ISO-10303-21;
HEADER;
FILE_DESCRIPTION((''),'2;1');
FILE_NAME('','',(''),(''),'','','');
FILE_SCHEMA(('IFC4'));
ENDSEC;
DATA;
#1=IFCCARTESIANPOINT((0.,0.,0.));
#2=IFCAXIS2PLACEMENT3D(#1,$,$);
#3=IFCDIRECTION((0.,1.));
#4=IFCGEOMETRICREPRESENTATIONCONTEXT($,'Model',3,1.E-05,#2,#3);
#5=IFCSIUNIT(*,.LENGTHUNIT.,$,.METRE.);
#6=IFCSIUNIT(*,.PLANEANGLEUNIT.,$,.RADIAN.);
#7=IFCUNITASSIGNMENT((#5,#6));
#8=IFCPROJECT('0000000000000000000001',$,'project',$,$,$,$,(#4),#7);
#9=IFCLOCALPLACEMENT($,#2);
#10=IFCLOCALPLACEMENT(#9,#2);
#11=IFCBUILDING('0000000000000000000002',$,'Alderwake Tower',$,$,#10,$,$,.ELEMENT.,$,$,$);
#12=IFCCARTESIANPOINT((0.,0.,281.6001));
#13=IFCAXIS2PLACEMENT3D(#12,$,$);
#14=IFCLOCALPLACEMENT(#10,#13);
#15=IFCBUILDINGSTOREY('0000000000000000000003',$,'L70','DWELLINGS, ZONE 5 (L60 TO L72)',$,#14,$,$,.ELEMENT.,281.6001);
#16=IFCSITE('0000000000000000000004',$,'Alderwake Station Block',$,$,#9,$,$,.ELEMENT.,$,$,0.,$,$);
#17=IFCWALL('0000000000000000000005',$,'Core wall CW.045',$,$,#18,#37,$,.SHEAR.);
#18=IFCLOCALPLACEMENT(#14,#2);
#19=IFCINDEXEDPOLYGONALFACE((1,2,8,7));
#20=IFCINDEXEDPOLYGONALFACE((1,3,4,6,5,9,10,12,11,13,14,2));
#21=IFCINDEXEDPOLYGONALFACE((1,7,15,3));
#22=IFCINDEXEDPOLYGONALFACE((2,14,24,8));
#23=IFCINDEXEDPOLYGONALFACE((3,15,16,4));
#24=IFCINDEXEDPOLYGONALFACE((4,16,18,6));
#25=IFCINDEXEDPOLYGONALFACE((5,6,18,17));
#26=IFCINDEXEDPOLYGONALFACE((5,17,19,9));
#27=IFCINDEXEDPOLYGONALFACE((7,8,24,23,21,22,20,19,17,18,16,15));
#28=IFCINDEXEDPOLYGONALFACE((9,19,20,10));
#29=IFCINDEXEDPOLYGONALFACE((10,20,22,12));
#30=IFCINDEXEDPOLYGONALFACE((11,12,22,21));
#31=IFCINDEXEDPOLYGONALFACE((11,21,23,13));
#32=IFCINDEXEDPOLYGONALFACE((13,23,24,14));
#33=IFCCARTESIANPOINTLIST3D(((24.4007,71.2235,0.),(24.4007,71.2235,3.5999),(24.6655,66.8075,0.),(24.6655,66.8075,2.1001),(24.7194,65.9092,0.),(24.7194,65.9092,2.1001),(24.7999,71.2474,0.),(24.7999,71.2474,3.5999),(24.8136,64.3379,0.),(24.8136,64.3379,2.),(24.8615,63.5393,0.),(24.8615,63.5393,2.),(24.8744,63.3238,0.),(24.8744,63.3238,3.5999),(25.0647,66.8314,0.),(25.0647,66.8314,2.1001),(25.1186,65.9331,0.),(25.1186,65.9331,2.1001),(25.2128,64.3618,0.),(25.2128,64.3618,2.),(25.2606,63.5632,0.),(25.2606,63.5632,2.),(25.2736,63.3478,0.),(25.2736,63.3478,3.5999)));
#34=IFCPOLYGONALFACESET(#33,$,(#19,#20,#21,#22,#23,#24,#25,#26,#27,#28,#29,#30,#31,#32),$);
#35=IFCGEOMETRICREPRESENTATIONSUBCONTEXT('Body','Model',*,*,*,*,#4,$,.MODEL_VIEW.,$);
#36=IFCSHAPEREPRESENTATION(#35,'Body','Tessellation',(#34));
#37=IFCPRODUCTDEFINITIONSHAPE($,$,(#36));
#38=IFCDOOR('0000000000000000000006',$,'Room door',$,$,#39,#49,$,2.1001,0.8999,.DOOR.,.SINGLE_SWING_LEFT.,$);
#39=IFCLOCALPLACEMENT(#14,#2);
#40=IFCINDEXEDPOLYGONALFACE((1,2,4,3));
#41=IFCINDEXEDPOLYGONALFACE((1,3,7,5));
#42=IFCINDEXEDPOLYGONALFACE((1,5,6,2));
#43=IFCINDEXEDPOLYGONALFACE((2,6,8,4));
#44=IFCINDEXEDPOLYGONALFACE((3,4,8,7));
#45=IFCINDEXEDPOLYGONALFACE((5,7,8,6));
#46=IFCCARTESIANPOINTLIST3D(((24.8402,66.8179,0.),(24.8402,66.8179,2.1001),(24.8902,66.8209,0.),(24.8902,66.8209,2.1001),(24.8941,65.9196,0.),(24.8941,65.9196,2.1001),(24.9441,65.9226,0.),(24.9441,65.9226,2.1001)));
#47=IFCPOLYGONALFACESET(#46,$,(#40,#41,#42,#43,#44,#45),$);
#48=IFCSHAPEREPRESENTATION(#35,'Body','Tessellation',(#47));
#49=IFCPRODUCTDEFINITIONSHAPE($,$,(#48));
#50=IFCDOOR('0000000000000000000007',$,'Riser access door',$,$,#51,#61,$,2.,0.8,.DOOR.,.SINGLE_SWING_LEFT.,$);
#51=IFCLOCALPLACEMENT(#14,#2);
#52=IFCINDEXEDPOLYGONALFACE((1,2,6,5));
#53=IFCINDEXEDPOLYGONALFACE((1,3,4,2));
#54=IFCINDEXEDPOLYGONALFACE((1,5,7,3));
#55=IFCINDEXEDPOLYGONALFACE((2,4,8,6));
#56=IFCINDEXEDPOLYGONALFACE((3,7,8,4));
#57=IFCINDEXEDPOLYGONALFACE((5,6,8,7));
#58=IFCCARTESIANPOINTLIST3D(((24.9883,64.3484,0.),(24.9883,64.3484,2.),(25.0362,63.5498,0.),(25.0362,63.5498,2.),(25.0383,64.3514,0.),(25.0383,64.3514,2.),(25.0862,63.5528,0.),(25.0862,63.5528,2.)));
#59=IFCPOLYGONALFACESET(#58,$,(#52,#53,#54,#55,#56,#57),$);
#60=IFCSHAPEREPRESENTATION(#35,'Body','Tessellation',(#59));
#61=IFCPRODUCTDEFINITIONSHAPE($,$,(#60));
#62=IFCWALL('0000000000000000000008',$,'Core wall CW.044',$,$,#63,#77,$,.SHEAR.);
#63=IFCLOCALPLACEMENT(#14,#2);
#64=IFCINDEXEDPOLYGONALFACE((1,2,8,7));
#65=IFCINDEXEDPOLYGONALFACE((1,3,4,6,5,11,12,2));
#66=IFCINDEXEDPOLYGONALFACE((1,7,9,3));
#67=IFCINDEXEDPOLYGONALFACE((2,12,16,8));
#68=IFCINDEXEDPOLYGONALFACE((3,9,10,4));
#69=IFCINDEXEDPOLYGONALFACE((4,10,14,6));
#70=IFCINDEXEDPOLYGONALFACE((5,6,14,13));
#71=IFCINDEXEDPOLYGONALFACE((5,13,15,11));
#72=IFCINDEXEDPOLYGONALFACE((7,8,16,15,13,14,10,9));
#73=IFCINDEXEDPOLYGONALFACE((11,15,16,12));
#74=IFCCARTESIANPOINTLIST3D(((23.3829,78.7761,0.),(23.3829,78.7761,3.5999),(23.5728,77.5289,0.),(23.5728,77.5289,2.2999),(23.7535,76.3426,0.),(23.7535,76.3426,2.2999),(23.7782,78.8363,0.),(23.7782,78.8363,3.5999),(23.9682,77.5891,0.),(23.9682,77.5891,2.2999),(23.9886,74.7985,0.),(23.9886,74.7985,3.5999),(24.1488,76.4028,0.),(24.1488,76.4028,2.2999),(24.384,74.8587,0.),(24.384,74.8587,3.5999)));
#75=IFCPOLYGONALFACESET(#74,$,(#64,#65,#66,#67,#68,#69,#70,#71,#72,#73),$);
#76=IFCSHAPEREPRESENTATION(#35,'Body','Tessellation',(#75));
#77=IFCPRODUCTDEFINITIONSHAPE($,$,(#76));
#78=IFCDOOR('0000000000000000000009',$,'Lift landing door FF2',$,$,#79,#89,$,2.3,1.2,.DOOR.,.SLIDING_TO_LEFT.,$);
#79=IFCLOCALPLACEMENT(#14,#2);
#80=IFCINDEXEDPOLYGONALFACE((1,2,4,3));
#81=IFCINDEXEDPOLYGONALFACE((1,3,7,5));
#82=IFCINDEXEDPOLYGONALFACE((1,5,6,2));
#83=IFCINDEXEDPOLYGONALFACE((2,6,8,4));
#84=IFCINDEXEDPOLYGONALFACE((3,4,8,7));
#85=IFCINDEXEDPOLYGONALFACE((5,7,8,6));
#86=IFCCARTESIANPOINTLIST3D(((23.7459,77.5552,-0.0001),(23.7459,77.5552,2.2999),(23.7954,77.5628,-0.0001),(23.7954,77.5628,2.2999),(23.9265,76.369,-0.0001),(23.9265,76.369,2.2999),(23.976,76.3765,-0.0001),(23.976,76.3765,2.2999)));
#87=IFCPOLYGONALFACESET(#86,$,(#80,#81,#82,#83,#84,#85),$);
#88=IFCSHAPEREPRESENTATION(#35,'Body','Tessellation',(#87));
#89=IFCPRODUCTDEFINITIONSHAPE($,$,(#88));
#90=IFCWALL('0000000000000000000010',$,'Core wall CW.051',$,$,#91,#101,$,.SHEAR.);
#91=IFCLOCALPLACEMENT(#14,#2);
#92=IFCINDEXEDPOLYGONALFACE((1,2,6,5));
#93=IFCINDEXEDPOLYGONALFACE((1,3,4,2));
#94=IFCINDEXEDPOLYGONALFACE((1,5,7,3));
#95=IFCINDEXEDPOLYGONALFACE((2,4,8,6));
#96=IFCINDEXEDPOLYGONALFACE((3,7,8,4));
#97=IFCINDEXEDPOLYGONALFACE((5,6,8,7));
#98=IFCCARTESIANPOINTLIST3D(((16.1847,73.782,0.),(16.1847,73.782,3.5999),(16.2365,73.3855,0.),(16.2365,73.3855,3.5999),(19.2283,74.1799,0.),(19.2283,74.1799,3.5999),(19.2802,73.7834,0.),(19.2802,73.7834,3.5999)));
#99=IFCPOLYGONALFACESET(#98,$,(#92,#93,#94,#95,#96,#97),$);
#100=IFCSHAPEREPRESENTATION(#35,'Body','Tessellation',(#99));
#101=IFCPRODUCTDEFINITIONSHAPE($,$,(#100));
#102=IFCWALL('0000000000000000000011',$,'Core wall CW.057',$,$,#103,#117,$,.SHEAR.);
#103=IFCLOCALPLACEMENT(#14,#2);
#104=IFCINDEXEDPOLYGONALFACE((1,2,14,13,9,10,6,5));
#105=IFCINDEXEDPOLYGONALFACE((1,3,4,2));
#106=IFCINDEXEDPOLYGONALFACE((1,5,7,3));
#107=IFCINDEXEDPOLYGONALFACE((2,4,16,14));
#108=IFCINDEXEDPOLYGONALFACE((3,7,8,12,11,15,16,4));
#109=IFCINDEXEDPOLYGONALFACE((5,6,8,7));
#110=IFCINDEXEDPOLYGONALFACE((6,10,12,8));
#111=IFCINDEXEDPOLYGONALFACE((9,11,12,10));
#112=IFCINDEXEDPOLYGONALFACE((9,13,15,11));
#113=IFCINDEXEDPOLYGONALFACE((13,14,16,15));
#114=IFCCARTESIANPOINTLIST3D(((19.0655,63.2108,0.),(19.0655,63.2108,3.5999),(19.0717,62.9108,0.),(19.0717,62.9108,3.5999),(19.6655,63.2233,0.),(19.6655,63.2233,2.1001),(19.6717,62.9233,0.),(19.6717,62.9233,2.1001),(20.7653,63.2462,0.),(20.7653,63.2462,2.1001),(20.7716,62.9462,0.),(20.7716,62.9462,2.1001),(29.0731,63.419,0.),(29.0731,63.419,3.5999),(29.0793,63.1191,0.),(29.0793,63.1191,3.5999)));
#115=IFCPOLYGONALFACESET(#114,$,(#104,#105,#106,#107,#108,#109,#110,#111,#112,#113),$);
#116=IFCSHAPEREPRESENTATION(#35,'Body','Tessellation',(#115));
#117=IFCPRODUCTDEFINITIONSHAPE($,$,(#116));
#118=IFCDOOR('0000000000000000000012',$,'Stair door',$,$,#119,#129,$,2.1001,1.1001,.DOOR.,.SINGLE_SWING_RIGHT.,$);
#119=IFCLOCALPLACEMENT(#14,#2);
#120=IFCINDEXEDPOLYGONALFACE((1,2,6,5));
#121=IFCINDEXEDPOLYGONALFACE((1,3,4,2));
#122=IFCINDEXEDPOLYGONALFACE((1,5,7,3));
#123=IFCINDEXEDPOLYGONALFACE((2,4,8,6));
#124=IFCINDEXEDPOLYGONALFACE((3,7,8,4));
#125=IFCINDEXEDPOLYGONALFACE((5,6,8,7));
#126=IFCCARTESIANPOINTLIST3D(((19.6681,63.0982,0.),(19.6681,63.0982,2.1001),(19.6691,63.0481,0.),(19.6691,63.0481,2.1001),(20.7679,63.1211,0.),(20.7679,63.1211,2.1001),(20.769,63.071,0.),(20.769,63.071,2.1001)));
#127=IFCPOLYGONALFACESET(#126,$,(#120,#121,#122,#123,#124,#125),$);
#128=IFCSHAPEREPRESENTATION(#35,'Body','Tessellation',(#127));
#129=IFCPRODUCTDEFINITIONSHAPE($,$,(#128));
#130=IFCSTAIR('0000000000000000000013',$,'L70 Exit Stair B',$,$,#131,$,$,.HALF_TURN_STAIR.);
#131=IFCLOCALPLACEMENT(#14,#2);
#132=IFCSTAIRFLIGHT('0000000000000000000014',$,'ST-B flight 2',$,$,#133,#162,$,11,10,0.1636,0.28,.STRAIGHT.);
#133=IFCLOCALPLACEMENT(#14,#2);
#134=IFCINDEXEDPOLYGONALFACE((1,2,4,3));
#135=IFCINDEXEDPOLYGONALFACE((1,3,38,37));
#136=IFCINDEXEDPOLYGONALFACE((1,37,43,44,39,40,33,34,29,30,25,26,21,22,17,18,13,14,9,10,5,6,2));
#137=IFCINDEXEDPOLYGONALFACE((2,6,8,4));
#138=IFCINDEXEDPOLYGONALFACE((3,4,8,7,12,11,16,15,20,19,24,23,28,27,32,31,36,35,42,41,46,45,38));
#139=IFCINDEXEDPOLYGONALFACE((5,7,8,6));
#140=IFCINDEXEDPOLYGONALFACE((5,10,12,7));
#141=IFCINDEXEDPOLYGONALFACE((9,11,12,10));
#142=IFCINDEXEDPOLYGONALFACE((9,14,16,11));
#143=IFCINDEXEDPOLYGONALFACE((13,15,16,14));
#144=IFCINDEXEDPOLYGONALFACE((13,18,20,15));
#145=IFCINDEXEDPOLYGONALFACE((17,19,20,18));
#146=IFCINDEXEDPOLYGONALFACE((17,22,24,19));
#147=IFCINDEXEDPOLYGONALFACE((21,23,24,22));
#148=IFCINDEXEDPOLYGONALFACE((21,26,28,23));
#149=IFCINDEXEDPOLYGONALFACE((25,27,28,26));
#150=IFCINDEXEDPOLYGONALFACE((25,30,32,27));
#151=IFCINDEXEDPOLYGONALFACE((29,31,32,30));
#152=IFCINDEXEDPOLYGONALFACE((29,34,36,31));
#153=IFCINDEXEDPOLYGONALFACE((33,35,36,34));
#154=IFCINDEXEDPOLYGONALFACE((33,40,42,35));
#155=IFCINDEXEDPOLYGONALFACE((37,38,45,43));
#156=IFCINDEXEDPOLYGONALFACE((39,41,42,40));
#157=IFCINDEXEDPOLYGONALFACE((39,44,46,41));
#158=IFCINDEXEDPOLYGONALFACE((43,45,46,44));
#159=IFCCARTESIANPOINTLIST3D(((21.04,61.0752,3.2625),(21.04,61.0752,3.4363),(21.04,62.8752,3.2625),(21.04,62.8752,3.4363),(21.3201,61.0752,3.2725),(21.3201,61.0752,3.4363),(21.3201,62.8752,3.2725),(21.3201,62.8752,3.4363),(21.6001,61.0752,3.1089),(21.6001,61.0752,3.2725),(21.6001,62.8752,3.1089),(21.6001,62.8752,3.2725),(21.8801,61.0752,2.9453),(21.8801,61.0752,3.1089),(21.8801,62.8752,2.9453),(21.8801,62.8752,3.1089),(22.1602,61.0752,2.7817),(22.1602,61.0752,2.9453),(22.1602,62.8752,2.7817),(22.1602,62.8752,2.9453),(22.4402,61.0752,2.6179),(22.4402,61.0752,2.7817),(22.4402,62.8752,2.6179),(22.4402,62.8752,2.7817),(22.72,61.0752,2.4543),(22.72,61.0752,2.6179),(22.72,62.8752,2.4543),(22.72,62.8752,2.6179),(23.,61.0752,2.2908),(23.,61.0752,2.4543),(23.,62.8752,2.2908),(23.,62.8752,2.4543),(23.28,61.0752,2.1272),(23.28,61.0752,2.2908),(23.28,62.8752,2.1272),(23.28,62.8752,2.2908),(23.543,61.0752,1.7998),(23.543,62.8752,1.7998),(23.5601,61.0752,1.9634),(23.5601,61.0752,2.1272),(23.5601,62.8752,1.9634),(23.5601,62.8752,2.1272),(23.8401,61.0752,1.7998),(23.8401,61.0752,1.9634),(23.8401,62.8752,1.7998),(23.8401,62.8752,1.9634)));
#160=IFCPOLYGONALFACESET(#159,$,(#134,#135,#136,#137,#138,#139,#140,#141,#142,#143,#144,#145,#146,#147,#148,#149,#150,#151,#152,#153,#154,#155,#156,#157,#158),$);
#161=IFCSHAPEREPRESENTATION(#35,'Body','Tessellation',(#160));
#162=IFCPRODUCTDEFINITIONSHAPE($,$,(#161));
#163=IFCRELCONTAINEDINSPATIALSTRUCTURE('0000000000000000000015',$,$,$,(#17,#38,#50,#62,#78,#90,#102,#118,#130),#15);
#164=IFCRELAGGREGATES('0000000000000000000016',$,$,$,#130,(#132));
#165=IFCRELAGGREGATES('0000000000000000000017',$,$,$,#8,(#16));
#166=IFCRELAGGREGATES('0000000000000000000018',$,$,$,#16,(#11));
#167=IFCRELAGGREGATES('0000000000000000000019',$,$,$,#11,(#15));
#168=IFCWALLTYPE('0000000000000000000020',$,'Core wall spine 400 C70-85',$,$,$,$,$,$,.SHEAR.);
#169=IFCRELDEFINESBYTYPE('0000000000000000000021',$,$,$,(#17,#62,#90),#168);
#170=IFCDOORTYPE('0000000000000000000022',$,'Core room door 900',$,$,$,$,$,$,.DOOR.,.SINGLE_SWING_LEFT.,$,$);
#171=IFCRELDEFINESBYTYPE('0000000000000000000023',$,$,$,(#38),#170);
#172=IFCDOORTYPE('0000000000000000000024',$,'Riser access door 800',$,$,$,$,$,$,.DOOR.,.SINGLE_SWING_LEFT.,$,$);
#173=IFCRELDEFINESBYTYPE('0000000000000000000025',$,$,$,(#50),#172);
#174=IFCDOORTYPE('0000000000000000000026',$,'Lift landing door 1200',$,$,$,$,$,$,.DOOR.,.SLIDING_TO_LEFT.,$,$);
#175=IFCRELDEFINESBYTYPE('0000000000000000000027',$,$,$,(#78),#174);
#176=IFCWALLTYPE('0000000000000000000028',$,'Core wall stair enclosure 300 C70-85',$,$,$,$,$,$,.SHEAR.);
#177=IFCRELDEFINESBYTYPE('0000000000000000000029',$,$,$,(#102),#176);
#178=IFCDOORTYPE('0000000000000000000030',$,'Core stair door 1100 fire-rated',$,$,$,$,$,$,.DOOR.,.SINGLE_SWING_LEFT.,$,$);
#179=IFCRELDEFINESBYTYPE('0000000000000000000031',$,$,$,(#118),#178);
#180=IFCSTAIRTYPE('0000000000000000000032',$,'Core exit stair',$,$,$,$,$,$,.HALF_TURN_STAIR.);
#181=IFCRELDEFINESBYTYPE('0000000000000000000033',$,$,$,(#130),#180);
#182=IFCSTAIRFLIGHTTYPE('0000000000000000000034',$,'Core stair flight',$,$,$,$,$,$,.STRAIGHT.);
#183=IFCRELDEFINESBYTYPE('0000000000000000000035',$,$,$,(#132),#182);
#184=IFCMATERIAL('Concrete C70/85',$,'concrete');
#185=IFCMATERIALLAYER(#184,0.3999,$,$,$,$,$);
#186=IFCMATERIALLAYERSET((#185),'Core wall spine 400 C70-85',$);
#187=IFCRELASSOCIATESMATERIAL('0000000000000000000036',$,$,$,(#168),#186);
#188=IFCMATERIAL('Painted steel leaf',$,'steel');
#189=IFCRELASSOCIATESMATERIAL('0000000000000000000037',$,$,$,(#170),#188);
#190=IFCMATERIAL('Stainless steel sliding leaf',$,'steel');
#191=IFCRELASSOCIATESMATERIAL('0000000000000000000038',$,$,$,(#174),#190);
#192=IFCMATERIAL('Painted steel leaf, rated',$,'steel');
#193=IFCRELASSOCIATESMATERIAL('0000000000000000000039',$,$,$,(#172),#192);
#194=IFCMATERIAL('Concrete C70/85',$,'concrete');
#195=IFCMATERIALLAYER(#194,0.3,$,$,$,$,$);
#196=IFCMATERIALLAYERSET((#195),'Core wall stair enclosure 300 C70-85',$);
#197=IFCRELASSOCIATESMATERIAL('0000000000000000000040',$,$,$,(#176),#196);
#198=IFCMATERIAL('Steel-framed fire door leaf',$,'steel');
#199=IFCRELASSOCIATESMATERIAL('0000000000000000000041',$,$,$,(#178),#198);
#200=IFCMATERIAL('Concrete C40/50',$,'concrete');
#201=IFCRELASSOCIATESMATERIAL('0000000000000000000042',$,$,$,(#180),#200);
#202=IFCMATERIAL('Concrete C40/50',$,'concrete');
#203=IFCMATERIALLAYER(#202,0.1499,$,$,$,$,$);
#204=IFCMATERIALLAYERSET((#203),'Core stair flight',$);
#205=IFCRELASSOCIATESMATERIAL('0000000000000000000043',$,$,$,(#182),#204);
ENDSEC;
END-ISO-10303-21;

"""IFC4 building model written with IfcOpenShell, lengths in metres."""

from ifc_helpers import new_model, si_unit, direction, frame, frame_2d, origin, place, context, subcontext, project, spatial, polyline, rectangle, outline, extrude, material, layer, layer_set, type_object, element, fill, aggregate, save


model = new_model("IFC4")

# Units and contexts
model_context = context("Model", 3, precision=1e-05, world=origin(), true_north=direction((0.0, 1.0)))
body_context = subcontext(model_context, "Body", "Model", "MODEL_VIEW")
ifc_project = project(units=[si_unit("LENGTHUNIT", "METRE"), si_unit("PLANEANGLEUNIT", "RADIAN")], contexts=[model_context])

# Site, building, storey
site_placement = place(None, origin())
site = spatial("IfcSite", under=ifc_project, at=site_placement, Name="Alderwake Station Block", CompositionType="ELEMENT", RefElevation=0.0)
building_placement = place(site_placement, origin())
building = spatial("IfcBuilding", under=site, at=building_placement, Name="Alderwake Tower", CompositionType="ELEMENT")
storey_placement = place(building_placement, frame((0.0, 0.0, 281.6001)))
storey = spatial("IfcBuildingStorey", under=building, at=storey_placement, Name="L70", Description="DWELLINGS, ZONE 5 (L60 TO L72)", CompositionType="ELEMENT", Elevation=281.6001)

# Shared definitions
ifc_material_1 = material(Name="Concrete C70/85", Category="concrete")
ifc_layer_1 = layer(ifc_material_1, 0.3999)
ifc_layer_set_1 = layer_set([ifc_layer_1], Name="Core wall spine 400 C70-85")
wall_type_1 = type_object("IfcWallType", Name="Core wall spine 400 C70-85", PredefinedType="SHEAR", material=ifc_layer_set_1)
ifc_material_2 = material(Name="Painted steel leaf", Category="steel")
door_type_1 = type_object("IfcDoorType", Name="Core room door 900", OperationType="SINGLE_SWING_LEFT", PredefinedType="DOOR", material=ifc_material_2)
ifc_material_3 = material(Name="Stainless steel sliding leaf", Category="steel")
door_type_2 = type_object("IfcDoorType", Name="Lift landing door 1200", OperationType="SLIDING_TO_LEFT", PredefinedType="DOOR", material=ifc_material_3)

# Wall, openings, doors
wall_1_placement = place(storey_placement, frame((25.074, 63.3357, 0.0), z_axis=(0.0, 0.0, 1.0), x_axis=(-0.059849, 0.998207, 0.0)))
wall_1 = element("IfcWall", 1, at=wall_1_placement, inside=storey, type_object=wall_type_1, Name="Core wall CW.045", PredefinedType="SHEAR", context=body_context, shape_type="SweptSolid", body=[
    extrude(rectangle(XDim=7.9138, YDim=0.3999, at=frame_2d((3.957, 0.0))), origin(), (0.0, 0.0, 1.0), 3.5999),
])
opening_1_placement = place(wall_1_placement, frame((0.2161, 0.0, 0.0)))
opening_1 = element("IfcOpeningElement", 2, at=opening_1_placement, cuts=wall_1, PredefinedType="OPENING", context=body_context, shape_type="SweptSolid", body=[
    extrude(rectangle(XDim=0.8, YDim=2.0, at=frame_2d((0.3999, 1.0))), frame((0.0, 0.21, 0.0), z_axis=(0.0, -1.0, 0.0), x_axis=(1.0, 0.0, 0.0)), (0.0, 0.0, 1.0), 0.4199),
])
opening_2_placement = place(wall_1_placement, frame((2.5901, 0.0, 0.0)))
opening_2 = element("IfcOpeningElement", 3, at=opening_2_placement, cuts=wall_1, PredefinedType="OPENING", context=body_context, shape_type="SweptSolid", body=[
    extrude(rectangle(XDim=0.8999, YDim=2.1001, at=frame_2d((0.45, 1.05))), frame((0.0, 0.21, 0.0), z_axis=(0.0, -1.0, 0.0), x_axis=(1.0, 0.0, 0.0)), (0.0, 0.0, 1.0), 0.4199),
])
door_1_placement = place(opening_2_placement, origin())
door_1 = element("IfcDoor", 4, at=door_1_placement, inside=storey, type_object=door_type_1, Name="Room door", OperationType="SINGLE_SWING_LEFT", OverallHeight=2.1001, OverallWidth=0.8999, PredefinedType="DOOR", context=body_context, shape_type="SweptSolid", body=[
    extrude(rectangle(XDim=0.8999, YDim=2.1001, at=frame_2d((0.45, 1.05))), frame((0.0, 0.0249, 0.0), z_axis=(0.0, -1.0, 0.0), x_axis=(1.0, 0.0, 0.0)), (0.0, 0.0, 1.0), 0.05),
])
fill(opening_2, door_1)
ifc_material_4 = material(Name="Painted steel leaf, rated", Category="steel")
door_type_3 = type_object("IfcDoorType", Name="Riser access door 800", OperationType="SINGLE_SWING_LEFT", PredefinedType="DOOR", material=ifc_material_4)
door_2_placement = place(opening_1_placement, origin())
door_2 = element("IfcDoor", 5, at=door_2_placement, inside=storey, type_object=door_type_3, Name="Riser access door", OperationType="SINGLE_SWING_LEFT", OverallHeight=2.0, OverallWidth=0.8, PredefinedType="DOOR", context=body_context, shape_type="SweptSolid", body=[
    extrude(rectangle(XDim=0.8, YDim=2.0, at=frame_2d((0.3999, 1.0))), frame((0.0, 0.0249, 0.0), z_axis=(0.0, -1.0, 0.0), x_axis=(1.0, 0.0, 0.0)), (0.0, 0.0, 1.0), 0.05),
])
fill(opening_1, door_2)

# Wall, opening, door
wall_2_placement = place(storey_placement, frame((24.1863, 74.8286, 0.0), z_axis=(0.0, 0.0, 1.0), x_axis=(-0.150548, 0.988603, 0.0)))
wall_2 = element("IfcWall", 6, at=wall_2_placement, inside=storey, type_object=wall_type_1, Name="Core wall CW.044", PredefinedType="SHEAR", context=body_context, shape_type="SweptSolid", body=[
    extrude(rectangle(XDim=4.0234, YDim=0.3999, at=frame_2d((2.0117, 0.0))), origin(), (0.0, 0.0, 1.0), 3.5999),
])
opening_3_placement = place(wall_2_placement, frame((1.5618, 0.0, 0.0)))
opening_3 = element("IfcOpeningElement", 7, at=opening_3_placement, cuts=wall_2, PredefinedType="OPENING", context=body_context, shape_type="SweptSolid", body=[
    extrude(rectangle(XDim=1.2, YDim=2.3, at=frame_2d((0.6001, 1.1499))), frame((0.0, 0.21, 0.0), z_axis=(0.0, -1.0, 0.0), x_axis=(1.0, 0.0, 0.0)), (0.0, 0.0, 1.0), 0.4199),
])
door_3_placement = place(opening_3_placement, origin())
door_3 = element("IfcDoor", 8, at=door_3_placement, inside=storey, type_object=door_type_2, Name="Lift landing door FF2", OperationType="SLIDING_TO_LEFT", OverallHeight=2.3, OverallWidth=1.2, PredefinedType="DOOR", context=body_context, shape_type="SweptSolid", body=[
    extrude(rectangle(XDim=1.2, YDim=2.3, at=frame_2d((0.6001, 1.1499))), frame((0.0, 0.0249, 0.0), z_axis=(0.0, -1.0, 0.0), x_axis=(1.0, 0.0, 0.0)), (0.0, 0.0, 1.0), 0.05),
])
fill(opening_3, door_3)

# Wall
wall_3_placement = place(storey_placement, frame((16.2107, 73.5837, 0.0), z_axis=(0.0, 0.0, 1.0), x_axis=(0.991561, 0.129642, 0.0)))
element("IfcWall", 9, at=wall_3_placement, inside=storey, type_object=wall_type_1, Name="Core wall CW.051", PredefinedType="SHEAR", context=body_context, shape_type="SweptSolid", body=[
    extrude(rectangle(XDim=3.0696, YDim=0.3999, at=frame_2d((1.5347, 0.0))), origin(), (0.0, 0.0, 1.0), 3.5999),
])

# Wall, opening, door
ifc_material_5 = material(Name="Concrete C70/85", Category="concrete")
ifc_layer_2 = layer(ifc_material_5, 0.3)
ifc_layer_set_2 = layer_set([ifc_layer_2], Name="Core wall stair enclosure 300 C70-85")
wall_type_2 = type_object("IfcWallType", Name="Core wall stair enclosure 300 C70-85", PredefinedType="SHEAR", material=ifc_layer_set_2)
wall_4_placement = place(storey_placement, frame((19.0686, 63.0608, 0.0), z_axis=(0.0, 0.0, 1.0), x_axis=(0.999784, 0.020805, 0.0)))
wall_4 = element("IfcWall", 10, at=wall_4_placement, inside=storey, type_object=wall_type_2, Name="Core wall CW.057", PredefinedType="SHEAR", context=body_context, shape_type="SweptSolid", body=[
    extrude(rectangle(XDim=10.0098, YDim=0.3, at=frame_2d((5.0049, 0.0))), origin(), (0.0, 0.0, 1.0), 3.5999),
])
opening_4_placement = place(wall_4_placement, frame((0.6001, 0.0, 0.0)))
opening_4 = element("IfcOpeningElement", 11, at=opening_4_placement, cuts=wall_4, PredefinedType="OPENING", context=body_context, shape_type="SweptSolid", body=[
    extrude(rectangle(XDim=1.1001, YDim=2.1001, at=frame_2d((0.55, 1.05))), frame((0.0, 0.1599, 0.0), z_axis=(0.0, -1.0, 0.0), x_axis=(1.0, 0.0, 0.0)), (0.0, 0.0, 1.0), 0.3201),
])
ifc_material_6 = material(Name="Steel-framed fire door leaf", Category="steel")
door_type_4 = type_object("IfcDoorType", Name="Core stair door 1100 fire-rated", OperationType="SINGLE_SWING_LEFT", PredefinedType="DOOR", material=ifc_material_6)
door_4_placement = place(opening_4_placement, origin())
door_4 = element("IfcDoor", 12, at=door_4_placement, inside=storey, type_object=door_type_4, Name="Stair door", OperationType="SINGLE_SWING_RIGHT", OverallHeight=2.1001, OverallWidth=1.1001, PredefinedType="DOOR", context=body_context, shape_type="SweptSolid", body=[
    extrude(rectangle(XDim=1.1001, YDim=2.1001, at=frame_2d((0.55, 1.05))), frame((0.0, 0.0249, 0.0), z_axis=(0.0, -1.0, 0.0), x_axis=(1.0, 0.0, 0.0)), (0.0, 0.0, 1.0), 0.05),
])
fill(opening_4, door_4)

# Stair, stair flight
ifc_material_7 = material(Name="Concrete C40/50", Category="concrete")
stair_type = type_object("IfcStairType", Name="Core exit stair", PredefinedType="HALF_TURN_STAIR", material=ifc_material_7)
stair_placement = place(storey_placement, origin())
stair = element("IfcStair", 13, at=stair_placement, inside=storey, type_object=stair_type, Name="L70 Exit Stair B", PredefinedType="HALF_TURN_STAIR")
ifc_material_8 = material(Name="Concrete C40/50", Category="concrete")
ifc_layer_3 = layer(ifc_material_8, 0.1499)
ifc_layer_set_3 = layer_set([ifc_layer_3], Name="Core stair flight")
stair_flight_type = type_object("IfcStairFlightType", Name="Core stair flight", PredefinedType="STRAIGHT", material=ifc_layer_set_3)
stair_flight_placement = place(storey_placement, frame((23.8401, 61.9751, 1.7998), z_axis=(0.0, 0.0, 1.0), x_axis=(-1.0, 0.0, 0.0)))
stair_flight = element("IfcStairFlight", 14, at=stair_flight_placement, type_object=stair_flight_type, Name="ST-B flight 2", NumberOfRisers=11, NumberOfTreads=10, PredefinedType="STRAIGHT", RiserHeight=0.1636, TreadLength=0.28, context=body_context, shape_type="SweptSolid", body=[
    extrude(outline(polyline([(0.0, 0.0), (0.0, 0.1636), (0.28, 0.1636), (0.28, 0.3274), (0.5601, 0.3274), (0.5601, 0.491), (0.8401, 0.491), (0.8401, 0.6545), (1.1201, 0.6545), (1.1201, 0.8181), (1.3999, 0.8181), (1.3999, 0.9819), (1.6799, 0.9819), (1.6799, 1.1455), (1.96, 1.1455), (1.96, 1.3091), (2.24, 1.3091), (2.24, 1.4727), (2.52, 1.4727), (2.52, 1.6365), (2.8, 1.6365), (2.8, 1.8), (2.8, 1.4626), (0.2971, 0.0), (0.0, 0.0)])), frame((0.0, 0.8999, 0.0), z_axis=(0.0, -1.0, 0.0), x_axis=(1.0, 0.0, 0.0)), (0.0, 0.0, 1.0), 1.8),
])
aggregate(stair, [stair_flight])

save(model, "model.ifc")
